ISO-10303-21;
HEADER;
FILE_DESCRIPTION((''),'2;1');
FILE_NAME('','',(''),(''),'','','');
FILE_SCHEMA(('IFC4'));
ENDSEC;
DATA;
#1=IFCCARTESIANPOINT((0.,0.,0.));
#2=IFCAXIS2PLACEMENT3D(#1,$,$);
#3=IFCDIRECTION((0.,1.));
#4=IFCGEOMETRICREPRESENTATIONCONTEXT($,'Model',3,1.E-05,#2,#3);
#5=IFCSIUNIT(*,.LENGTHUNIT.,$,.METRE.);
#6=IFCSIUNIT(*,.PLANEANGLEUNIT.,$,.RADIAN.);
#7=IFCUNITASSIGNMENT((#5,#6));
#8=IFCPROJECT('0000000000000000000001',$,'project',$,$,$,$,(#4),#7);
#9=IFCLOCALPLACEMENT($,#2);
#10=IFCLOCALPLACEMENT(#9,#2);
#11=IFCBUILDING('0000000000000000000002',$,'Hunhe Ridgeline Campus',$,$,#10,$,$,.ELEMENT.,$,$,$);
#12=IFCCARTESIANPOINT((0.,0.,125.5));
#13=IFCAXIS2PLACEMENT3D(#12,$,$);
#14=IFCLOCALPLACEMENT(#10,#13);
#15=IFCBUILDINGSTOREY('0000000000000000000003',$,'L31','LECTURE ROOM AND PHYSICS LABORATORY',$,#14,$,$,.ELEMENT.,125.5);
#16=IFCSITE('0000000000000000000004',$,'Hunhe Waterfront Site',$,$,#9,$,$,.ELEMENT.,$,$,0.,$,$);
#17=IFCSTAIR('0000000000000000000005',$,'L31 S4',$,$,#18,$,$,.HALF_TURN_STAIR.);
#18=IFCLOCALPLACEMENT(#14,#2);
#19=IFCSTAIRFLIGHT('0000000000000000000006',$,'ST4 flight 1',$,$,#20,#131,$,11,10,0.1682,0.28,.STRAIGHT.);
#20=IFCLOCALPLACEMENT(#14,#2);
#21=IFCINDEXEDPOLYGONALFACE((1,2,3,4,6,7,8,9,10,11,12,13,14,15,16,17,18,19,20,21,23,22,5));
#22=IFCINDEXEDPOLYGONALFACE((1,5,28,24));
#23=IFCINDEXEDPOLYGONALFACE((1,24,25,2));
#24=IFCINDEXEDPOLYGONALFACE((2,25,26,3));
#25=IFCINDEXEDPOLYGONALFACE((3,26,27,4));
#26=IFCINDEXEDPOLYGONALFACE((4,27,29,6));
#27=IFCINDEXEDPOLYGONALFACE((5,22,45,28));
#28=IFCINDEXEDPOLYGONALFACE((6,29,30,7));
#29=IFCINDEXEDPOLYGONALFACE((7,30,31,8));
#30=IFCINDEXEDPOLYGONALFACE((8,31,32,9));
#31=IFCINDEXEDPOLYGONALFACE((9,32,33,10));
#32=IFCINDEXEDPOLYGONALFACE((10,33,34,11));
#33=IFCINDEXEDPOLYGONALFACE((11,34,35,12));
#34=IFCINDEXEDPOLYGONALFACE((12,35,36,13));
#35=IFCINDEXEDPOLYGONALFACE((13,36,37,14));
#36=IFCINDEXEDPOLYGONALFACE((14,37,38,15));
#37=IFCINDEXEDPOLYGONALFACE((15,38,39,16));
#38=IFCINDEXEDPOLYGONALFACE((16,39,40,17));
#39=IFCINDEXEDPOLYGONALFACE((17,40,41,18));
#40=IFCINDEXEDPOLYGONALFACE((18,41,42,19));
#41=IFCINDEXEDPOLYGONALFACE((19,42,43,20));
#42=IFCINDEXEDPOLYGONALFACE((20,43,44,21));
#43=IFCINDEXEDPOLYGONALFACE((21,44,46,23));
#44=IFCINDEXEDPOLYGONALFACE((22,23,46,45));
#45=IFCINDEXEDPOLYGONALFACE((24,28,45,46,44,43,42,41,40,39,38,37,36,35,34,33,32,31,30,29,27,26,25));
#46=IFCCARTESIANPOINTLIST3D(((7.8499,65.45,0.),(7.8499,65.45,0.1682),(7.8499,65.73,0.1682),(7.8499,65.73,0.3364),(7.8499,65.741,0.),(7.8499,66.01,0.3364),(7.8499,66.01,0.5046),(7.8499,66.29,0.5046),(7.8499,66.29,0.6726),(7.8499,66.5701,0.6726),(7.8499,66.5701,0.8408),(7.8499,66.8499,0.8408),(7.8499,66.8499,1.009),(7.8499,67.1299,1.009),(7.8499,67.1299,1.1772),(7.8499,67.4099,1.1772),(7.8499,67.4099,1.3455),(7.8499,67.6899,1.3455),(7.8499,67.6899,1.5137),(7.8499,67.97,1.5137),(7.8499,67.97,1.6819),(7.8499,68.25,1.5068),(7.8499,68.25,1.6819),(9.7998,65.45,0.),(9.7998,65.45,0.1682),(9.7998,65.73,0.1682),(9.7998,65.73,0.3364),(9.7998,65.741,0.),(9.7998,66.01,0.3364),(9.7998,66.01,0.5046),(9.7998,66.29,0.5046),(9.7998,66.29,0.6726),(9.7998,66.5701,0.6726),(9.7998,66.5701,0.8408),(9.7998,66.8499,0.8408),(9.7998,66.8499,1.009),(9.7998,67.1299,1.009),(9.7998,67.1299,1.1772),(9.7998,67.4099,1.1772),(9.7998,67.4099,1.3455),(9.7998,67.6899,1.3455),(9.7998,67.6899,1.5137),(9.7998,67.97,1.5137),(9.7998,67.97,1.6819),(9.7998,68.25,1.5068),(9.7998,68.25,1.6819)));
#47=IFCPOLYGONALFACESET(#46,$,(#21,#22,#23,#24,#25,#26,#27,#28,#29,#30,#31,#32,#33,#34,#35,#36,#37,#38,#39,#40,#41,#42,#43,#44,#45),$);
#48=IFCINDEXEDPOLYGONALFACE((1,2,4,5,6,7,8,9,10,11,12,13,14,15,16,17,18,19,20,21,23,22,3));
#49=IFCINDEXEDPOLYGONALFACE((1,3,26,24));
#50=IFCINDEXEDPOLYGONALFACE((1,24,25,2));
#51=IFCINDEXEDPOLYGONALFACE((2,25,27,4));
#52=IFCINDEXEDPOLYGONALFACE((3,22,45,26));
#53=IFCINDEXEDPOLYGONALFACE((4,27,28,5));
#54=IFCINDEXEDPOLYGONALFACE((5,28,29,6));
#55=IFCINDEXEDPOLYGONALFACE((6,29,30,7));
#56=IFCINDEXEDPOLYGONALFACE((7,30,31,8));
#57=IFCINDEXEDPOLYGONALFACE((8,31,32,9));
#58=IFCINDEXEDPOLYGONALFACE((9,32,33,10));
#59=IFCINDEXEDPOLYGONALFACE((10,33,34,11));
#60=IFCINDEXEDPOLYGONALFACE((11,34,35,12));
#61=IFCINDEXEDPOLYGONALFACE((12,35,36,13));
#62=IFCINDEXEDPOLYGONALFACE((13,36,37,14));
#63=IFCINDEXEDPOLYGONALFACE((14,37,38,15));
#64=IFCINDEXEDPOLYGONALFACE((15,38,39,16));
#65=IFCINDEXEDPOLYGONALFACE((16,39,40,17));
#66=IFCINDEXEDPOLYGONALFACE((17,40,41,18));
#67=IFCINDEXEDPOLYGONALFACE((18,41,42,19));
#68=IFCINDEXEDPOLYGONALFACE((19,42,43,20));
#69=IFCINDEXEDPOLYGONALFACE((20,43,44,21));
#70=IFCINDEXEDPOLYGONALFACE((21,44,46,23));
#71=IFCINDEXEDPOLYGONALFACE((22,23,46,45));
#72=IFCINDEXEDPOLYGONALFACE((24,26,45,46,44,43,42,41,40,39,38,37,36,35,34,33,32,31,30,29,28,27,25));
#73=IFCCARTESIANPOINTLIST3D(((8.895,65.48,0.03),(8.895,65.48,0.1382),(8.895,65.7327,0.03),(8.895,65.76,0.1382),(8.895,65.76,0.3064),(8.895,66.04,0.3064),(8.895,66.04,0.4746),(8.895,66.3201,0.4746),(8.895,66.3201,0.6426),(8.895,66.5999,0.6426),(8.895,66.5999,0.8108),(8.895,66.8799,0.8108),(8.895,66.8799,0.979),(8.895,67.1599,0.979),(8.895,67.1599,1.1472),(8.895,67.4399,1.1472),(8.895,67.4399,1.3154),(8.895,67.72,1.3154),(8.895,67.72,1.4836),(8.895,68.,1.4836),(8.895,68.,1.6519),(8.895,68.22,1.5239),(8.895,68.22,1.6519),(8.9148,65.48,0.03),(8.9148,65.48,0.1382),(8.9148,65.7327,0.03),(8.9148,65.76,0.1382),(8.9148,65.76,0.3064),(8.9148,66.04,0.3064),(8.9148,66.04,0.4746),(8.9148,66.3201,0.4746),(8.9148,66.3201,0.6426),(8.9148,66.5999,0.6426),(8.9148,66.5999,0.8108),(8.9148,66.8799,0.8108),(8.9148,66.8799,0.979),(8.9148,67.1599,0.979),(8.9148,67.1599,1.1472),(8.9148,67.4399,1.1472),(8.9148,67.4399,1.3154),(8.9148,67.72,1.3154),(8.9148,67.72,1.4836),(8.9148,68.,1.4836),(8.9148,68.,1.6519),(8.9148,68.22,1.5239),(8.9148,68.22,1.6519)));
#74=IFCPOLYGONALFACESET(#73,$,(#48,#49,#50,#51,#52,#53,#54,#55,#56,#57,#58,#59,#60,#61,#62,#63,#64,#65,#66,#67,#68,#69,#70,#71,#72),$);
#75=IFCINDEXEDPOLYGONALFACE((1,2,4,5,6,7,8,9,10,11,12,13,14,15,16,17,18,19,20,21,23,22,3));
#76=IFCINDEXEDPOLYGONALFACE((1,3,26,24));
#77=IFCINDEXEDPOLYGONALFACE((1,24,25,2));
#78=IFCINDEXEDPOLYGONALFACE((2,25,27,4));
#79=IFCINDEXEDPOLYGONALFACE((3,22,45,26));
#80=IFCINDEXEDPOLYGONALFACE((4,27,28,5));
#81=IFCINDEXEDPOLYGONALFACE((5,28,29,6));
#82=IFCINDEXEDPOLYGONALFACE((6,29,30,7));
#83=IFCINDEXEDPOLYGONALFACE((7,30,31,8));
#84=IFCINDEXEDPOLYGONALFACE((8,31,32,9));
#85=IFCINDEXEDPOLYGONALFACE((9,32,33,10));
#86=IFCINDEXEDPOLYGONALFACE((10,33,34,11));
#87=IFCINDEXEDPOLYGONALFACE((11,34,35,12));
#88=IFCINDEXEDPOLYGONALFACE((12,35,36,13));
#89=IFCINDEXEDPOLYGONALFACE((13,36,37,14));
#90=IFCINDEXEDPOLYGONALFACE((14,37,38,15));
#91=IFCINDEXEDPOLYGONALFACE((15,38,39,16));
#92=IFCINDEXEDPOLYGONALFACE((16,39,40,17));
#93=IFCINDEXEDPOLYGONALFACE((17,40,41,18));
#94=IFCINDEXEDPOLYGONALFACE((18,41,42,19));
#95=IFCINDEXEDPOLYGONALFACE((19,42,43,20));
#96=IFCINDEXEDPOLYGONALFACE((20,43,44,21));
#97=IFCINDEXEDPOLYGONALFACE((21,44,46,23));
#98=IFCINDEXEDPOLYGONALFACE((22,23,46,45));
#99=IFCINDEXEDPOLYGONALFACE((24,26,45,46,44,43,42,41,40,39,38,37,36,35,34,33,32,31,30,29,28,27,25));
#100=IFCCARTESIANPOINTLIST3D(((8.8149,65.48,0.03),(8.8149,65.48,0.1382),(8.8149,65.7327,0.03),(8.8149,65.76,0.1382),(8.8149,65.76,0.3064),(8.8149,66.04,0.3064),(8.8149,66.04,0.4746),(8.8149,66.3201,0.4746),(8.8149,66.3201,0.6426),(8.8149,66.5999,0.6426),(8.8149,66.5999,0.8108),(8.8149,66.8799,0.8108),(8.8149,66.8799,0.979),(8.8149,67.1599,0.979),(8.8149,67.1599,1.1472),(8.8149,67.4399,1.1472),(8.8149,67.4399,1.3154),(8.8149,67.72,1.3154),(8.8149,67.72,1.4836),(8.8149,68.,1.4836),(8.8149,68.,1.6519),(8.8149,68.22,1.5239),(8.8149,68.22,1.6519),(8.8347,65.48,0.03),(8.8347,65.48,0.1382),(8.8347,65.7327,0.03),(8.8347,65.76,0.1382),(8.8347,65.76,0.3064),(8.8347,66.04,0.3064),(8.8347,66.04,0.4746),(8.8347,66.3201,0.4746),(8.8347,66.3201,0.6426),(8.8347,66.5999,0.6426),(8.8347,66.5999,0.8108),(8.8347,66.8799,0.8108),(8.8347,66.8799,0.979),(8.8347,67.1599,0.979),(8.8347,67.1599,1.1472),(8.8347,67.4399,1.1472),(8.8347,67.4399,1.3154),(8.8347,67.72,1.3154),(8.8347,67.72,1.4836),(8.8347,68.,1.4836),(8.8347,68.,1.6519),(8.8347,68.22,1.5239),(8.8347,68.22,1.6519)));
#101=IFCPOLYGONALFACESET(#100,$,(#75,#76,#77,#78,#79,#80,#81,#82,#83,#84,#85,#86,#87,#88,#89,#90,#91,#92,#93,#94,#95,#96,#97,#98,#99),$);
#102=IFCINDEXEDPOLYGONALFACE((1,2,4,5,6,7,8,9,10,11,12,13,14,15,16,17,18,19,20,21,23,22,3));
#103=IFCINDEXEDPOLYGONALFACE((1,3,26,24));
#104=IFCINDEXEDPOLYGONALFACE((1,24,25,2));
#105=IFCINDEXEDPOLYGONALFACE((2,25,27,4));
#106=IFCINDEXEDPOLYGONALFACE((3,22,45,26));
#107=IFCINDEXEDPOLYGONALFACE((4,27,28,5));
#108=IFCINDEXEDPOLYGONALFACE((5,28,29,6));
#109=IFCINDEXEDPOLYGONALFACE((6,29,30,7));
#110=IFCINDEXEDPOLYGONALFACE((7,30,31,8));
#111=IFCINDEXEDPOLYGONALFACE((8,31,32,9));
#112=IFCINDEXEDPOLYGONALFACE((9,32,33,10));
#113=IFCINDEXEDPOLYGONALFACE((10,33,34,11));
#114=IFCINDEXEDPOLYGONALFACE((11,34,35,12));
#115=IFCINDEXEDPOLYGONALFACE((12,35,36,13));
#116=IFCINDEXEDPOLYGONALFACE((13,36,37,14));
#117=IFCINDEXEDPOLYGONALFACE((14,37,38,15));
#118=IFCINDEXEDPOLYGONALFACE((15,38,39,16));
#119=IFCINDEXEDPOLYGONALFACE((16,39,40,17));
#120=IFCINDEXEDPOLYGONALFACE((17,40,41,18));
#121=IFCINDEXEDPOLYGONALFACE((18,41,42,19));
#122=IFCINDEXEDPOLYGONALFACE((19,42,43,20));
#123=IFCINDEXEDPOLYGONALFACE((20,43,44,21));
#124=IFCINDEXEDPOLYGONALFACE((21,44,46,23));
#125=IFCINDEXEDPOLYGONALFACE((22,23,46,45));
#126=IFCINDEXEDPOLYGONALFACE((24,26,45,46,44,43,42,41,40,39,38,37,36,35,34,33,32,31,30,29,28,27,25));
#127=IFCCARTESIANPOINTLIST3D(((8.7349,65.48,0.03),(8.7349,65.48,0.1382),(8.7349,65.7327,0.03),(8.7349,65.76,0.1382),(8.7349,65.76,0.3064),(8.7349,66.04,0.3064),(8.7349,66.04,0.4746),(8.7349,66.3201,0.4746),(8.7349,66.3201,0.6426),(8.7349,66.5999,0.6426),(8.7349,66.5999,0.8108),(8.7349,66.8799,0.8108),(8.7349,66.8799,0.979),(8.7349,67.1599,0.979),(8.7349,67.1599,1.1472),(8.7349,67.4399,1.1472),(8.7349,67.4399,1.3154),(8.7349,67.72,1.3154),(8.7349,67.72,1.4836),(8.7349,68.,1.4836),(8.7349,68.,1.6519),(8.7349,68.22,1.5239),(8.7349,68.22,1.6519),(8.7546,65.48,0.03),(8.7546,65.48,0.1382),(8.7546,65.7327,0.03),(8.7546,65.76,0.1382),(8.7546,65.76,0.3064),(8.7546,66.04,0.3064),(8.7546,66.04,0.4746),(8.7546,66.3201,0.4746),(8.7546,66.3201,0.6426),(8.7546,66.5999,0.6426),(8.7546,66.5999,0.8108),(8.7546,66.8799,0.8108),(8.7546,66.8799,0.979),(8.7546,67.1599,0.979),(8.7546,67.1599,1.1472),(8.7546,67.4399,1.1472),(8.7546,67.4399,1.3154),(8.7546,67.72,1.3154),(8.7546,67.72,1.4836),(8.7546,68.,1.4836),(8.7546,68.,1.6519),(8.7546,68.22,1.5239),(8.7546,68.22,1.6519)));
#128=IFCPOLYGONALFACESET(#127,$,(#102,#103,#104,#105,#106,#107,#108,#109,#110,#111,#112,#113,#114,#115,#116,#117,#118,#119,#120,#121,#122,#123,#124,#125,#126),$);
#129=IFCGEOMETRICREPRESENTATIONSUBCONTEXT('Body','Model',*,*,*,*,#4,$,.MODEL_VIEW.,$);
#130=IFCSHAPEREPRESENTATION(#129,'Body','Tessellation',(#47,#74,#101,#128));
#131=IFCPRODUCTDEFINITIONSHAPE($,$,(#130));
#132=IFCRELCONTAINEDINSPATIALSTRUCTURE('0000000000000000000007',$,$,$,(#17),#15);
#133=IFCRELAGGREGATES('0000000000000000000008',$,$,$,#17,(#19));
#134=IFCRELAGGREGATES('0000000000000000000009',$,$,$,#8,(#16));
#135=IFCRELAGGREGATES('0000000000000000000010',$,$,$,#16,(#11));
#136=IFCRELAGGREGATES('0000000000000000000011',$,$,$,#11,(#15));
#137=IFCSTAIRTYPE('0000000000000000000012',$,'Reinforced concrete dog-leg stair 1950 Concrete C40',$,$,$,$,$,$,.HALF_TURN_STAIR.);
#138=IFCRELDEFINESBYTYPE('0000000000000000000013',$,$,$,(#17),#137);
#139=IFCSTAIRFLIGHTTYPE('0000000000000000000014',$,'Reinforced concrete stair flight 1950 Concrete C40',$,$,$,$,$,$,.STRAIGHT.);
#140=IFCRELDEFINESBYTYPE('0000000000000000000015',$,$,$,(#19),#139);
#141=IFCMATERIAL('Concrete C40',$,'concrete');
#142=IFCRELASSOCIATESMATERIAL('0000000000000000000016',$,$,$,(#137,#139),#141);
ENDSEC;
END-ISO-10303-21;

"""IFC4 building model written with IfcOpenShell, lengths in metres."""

from ifc_helpers import new_model, si_unit, direction, frame, origin, place, context, subcontext, project, spatial, polyline, outline, extrude, material, type_object, element, aggregate, save


model = new_model("IFC4")

# Units and contexts
model_context = context("Model", 3, precision=1e-05, world=origin(), true_north=direction((0.0, 1.0)))
body_context = subcontext(model_context, "Body", "Model", "MODEL_VIEW")
ifc_project = project(units=[si_unit("LENGTHUNIT", "METRE"), si_unit("PLANEANGLEUNIT", "RADIAN")], contexts=[model_context])

# Site, building, storey
site_placement = place(None, origin())
site = spatial("IfcSite", under=ifc_project, at=site_placement, Name="Hunhe Waterfront Site", CompositionType="ELEMENT", RefElevation=0.0)
building_placement = place(site_placement, origin())
building = spatial("IfcBuilding", under=site, at=building_placement, Name="Hunhe Ridgeline Campus", CompositionType="ELEMENT")
storey_placement = place(building_placement, frame((0.0, 0.0, 125.5)))
storey = spatial("IfcBuildingStorey", under=building, at=storey_placement, Name="L31", Description="LECTURE ROOM AND PHYSICS LABORATORY", CompositionType="ELEMENT", Elevation=125.5)

# Stair, stair flight
ifc_material_1 = material(Name="Concrete C40", Category="concrete")
stair_type = type_object("IfcStairType", Name="Reinforced concrete dog-leg stair 1950 Concrete C40", PredefinedType="HALF_TURN_STAIR", material=ifc_material_1)
stair_flight_type = type_object("IfcStairFlightType", Name="Reinforced concrete stair flight 1950 Concrete C40", PredefinedType="STRAIGHT", material=ifc_material_1)
stair_1_placement = place(storey_placement, origin())
stair_1 = element("IfcStair", 1, at=stair_1_placement, inside=storey, type_object=stair_type, Name="L31 S4", PredefinedType="HALF_TURN_STAIR")
stair_flight_1_placement = place(storey_placement, frame((8.825, 65.45, 0.0), z_axis=(0.0, 0.0, 1.0), x_axis=(0.0, 1.0, 0.0)))
stair_flight_1 = element("IfcStairFlight", 2, at=stair_flight_1_placement, type_object=stair_flight_type, Name="ST4 flight 1", NumberOfRisers=11, NumberOfTreads=10, PredefinedType="STRAIGHT", RiserHeight=0.1682, TreadLength=0.28, context=body_context, shape_type="SweptSolid", body=[
    extrude(outline(polyline([(0.0, 0.0), (0.0, 0.1682), (0.28, 0.1682), (0.28, 0.3364), (0.5601, 0.3364), (0.5601, 0.5046), (0.8401, 0.5046), (0.8401, 0.6726), (1.1201, 0.6726), (1.1201, 0.8408), (1.3999, 0.8408), (1.3999, 1.009), (1.6799, 1.009), (1.6799, 1.1772), (1.96, 1.1772), (1.96, 1.3455), (2.24, 1.3455), (2.24, 1.5137), (2.52, 1.5137), (2.52, 1.6819), (2.8, 1.6819), (2.8, 1.8501), (2.8, 1.5068), (0.291, 0.0), (0.0, 0.0)])), frame((0.0, 0.9751, 0.0), z_axis=(0.0, -1.0, 0.0), x_axis=(1.0, 0.0, 0.0)), (0.0, 0.0, 1.0), 1.95),
    extrude(outline(polyline([(0.03, 0.03), (0.03, 0.1382), (0.3101, 0.1382), (0.3101, 0.3064), (0.5901, 0.3064), (0.5901, 0.4746), (0.8701, 0.4746), (0.8701, 0.6426), (1.1499, 0.6426), (1.1499, 0.8108), (1.4299, 0.8108), (1.4299, 0.979), (1.71, 0.979), (1.71, 1.1472), (1.99, 1.1472), (1.99, 1.3154), (2.27, 1.3154), (2.27, 1.4836), (2.55, 1.4836), (2.55, 1.6519), (2.77, 1.6519), (2.77, 1.5239), (0.2827, 0.03), (0.03, 0.03)])), frame((0.0, -0.0701, 0.0), z_axis=(0.0, -1.0, 0.0), x_axis=(1.0, 0.0, 0.0)), (0.0, 0.0, 1.0), 0.0198),
    extrude(outline(polyline([(0.03, 0.03), (0.03, 0.1382), (0.3101, 0.1382), (0.3101, 0.3064), (0.5901, 0.3064), (0.5901, 0.4746), (0.8701, 0.4746), (0.8701, 0.6426), (1.1499, 0.6426), (1.1499, 0.8108), (1.4299, 0.8108), (1.4299, 0.979), (1.71, 0.979), (1.71, 1.1472), (1.99, 1.1472), (1.99, 1.3154), (2.27, 1.3154), (2.27, 1.4836), (2.55, 1.4836), (2.55, 1.6519), (2.77, 1.6519), (2.77, 1.5239), (0.2827, 0.03), (0.03, 0.03)])), frame((0.0, 0.01, 0.0), z_axis=(0.0, -1.0, 0.0), x_axis=(1.0, 0.0, 0.0)), (0.0, 0.0, 1.0), 0.0198),
    extrude(outline(polyline([(0.03, 0.03), (0.03, 0.1382), (0.3101, 0.1382), (0.3101, 0.3064), (0.5901, 0.3064), (0.5901, 0.4746), (0.8701, 0.4746), (0.8701, 0.6426), (1.1499, 0.6426), (1.1499, 0.8108), (1.4299, 0.8108), (1.4299, 0.979), (1.71, 0.979), (1.71, 1.1472), (1.99, 1.1472), (1.99, 1.3154), (2.27, 1.3154), (2.27, 1.4836), (2.55, 1.4836), (2.55, 1.6519), (2.77, 1.6519), (2.77, 1.5239), (0.2827, 0.03), (0.03, 0.03)])), frame((0.0, 0.0901, 0.0), z_axis=(0.0, -1.0, 0.0), x_axis=(1.0, 0.0, 0.0)), (0.0, 0.0, 1.0), 0.0198),
])
aggregate(stair_1, [stair_flight_1])

save(model, "model.ifc")
